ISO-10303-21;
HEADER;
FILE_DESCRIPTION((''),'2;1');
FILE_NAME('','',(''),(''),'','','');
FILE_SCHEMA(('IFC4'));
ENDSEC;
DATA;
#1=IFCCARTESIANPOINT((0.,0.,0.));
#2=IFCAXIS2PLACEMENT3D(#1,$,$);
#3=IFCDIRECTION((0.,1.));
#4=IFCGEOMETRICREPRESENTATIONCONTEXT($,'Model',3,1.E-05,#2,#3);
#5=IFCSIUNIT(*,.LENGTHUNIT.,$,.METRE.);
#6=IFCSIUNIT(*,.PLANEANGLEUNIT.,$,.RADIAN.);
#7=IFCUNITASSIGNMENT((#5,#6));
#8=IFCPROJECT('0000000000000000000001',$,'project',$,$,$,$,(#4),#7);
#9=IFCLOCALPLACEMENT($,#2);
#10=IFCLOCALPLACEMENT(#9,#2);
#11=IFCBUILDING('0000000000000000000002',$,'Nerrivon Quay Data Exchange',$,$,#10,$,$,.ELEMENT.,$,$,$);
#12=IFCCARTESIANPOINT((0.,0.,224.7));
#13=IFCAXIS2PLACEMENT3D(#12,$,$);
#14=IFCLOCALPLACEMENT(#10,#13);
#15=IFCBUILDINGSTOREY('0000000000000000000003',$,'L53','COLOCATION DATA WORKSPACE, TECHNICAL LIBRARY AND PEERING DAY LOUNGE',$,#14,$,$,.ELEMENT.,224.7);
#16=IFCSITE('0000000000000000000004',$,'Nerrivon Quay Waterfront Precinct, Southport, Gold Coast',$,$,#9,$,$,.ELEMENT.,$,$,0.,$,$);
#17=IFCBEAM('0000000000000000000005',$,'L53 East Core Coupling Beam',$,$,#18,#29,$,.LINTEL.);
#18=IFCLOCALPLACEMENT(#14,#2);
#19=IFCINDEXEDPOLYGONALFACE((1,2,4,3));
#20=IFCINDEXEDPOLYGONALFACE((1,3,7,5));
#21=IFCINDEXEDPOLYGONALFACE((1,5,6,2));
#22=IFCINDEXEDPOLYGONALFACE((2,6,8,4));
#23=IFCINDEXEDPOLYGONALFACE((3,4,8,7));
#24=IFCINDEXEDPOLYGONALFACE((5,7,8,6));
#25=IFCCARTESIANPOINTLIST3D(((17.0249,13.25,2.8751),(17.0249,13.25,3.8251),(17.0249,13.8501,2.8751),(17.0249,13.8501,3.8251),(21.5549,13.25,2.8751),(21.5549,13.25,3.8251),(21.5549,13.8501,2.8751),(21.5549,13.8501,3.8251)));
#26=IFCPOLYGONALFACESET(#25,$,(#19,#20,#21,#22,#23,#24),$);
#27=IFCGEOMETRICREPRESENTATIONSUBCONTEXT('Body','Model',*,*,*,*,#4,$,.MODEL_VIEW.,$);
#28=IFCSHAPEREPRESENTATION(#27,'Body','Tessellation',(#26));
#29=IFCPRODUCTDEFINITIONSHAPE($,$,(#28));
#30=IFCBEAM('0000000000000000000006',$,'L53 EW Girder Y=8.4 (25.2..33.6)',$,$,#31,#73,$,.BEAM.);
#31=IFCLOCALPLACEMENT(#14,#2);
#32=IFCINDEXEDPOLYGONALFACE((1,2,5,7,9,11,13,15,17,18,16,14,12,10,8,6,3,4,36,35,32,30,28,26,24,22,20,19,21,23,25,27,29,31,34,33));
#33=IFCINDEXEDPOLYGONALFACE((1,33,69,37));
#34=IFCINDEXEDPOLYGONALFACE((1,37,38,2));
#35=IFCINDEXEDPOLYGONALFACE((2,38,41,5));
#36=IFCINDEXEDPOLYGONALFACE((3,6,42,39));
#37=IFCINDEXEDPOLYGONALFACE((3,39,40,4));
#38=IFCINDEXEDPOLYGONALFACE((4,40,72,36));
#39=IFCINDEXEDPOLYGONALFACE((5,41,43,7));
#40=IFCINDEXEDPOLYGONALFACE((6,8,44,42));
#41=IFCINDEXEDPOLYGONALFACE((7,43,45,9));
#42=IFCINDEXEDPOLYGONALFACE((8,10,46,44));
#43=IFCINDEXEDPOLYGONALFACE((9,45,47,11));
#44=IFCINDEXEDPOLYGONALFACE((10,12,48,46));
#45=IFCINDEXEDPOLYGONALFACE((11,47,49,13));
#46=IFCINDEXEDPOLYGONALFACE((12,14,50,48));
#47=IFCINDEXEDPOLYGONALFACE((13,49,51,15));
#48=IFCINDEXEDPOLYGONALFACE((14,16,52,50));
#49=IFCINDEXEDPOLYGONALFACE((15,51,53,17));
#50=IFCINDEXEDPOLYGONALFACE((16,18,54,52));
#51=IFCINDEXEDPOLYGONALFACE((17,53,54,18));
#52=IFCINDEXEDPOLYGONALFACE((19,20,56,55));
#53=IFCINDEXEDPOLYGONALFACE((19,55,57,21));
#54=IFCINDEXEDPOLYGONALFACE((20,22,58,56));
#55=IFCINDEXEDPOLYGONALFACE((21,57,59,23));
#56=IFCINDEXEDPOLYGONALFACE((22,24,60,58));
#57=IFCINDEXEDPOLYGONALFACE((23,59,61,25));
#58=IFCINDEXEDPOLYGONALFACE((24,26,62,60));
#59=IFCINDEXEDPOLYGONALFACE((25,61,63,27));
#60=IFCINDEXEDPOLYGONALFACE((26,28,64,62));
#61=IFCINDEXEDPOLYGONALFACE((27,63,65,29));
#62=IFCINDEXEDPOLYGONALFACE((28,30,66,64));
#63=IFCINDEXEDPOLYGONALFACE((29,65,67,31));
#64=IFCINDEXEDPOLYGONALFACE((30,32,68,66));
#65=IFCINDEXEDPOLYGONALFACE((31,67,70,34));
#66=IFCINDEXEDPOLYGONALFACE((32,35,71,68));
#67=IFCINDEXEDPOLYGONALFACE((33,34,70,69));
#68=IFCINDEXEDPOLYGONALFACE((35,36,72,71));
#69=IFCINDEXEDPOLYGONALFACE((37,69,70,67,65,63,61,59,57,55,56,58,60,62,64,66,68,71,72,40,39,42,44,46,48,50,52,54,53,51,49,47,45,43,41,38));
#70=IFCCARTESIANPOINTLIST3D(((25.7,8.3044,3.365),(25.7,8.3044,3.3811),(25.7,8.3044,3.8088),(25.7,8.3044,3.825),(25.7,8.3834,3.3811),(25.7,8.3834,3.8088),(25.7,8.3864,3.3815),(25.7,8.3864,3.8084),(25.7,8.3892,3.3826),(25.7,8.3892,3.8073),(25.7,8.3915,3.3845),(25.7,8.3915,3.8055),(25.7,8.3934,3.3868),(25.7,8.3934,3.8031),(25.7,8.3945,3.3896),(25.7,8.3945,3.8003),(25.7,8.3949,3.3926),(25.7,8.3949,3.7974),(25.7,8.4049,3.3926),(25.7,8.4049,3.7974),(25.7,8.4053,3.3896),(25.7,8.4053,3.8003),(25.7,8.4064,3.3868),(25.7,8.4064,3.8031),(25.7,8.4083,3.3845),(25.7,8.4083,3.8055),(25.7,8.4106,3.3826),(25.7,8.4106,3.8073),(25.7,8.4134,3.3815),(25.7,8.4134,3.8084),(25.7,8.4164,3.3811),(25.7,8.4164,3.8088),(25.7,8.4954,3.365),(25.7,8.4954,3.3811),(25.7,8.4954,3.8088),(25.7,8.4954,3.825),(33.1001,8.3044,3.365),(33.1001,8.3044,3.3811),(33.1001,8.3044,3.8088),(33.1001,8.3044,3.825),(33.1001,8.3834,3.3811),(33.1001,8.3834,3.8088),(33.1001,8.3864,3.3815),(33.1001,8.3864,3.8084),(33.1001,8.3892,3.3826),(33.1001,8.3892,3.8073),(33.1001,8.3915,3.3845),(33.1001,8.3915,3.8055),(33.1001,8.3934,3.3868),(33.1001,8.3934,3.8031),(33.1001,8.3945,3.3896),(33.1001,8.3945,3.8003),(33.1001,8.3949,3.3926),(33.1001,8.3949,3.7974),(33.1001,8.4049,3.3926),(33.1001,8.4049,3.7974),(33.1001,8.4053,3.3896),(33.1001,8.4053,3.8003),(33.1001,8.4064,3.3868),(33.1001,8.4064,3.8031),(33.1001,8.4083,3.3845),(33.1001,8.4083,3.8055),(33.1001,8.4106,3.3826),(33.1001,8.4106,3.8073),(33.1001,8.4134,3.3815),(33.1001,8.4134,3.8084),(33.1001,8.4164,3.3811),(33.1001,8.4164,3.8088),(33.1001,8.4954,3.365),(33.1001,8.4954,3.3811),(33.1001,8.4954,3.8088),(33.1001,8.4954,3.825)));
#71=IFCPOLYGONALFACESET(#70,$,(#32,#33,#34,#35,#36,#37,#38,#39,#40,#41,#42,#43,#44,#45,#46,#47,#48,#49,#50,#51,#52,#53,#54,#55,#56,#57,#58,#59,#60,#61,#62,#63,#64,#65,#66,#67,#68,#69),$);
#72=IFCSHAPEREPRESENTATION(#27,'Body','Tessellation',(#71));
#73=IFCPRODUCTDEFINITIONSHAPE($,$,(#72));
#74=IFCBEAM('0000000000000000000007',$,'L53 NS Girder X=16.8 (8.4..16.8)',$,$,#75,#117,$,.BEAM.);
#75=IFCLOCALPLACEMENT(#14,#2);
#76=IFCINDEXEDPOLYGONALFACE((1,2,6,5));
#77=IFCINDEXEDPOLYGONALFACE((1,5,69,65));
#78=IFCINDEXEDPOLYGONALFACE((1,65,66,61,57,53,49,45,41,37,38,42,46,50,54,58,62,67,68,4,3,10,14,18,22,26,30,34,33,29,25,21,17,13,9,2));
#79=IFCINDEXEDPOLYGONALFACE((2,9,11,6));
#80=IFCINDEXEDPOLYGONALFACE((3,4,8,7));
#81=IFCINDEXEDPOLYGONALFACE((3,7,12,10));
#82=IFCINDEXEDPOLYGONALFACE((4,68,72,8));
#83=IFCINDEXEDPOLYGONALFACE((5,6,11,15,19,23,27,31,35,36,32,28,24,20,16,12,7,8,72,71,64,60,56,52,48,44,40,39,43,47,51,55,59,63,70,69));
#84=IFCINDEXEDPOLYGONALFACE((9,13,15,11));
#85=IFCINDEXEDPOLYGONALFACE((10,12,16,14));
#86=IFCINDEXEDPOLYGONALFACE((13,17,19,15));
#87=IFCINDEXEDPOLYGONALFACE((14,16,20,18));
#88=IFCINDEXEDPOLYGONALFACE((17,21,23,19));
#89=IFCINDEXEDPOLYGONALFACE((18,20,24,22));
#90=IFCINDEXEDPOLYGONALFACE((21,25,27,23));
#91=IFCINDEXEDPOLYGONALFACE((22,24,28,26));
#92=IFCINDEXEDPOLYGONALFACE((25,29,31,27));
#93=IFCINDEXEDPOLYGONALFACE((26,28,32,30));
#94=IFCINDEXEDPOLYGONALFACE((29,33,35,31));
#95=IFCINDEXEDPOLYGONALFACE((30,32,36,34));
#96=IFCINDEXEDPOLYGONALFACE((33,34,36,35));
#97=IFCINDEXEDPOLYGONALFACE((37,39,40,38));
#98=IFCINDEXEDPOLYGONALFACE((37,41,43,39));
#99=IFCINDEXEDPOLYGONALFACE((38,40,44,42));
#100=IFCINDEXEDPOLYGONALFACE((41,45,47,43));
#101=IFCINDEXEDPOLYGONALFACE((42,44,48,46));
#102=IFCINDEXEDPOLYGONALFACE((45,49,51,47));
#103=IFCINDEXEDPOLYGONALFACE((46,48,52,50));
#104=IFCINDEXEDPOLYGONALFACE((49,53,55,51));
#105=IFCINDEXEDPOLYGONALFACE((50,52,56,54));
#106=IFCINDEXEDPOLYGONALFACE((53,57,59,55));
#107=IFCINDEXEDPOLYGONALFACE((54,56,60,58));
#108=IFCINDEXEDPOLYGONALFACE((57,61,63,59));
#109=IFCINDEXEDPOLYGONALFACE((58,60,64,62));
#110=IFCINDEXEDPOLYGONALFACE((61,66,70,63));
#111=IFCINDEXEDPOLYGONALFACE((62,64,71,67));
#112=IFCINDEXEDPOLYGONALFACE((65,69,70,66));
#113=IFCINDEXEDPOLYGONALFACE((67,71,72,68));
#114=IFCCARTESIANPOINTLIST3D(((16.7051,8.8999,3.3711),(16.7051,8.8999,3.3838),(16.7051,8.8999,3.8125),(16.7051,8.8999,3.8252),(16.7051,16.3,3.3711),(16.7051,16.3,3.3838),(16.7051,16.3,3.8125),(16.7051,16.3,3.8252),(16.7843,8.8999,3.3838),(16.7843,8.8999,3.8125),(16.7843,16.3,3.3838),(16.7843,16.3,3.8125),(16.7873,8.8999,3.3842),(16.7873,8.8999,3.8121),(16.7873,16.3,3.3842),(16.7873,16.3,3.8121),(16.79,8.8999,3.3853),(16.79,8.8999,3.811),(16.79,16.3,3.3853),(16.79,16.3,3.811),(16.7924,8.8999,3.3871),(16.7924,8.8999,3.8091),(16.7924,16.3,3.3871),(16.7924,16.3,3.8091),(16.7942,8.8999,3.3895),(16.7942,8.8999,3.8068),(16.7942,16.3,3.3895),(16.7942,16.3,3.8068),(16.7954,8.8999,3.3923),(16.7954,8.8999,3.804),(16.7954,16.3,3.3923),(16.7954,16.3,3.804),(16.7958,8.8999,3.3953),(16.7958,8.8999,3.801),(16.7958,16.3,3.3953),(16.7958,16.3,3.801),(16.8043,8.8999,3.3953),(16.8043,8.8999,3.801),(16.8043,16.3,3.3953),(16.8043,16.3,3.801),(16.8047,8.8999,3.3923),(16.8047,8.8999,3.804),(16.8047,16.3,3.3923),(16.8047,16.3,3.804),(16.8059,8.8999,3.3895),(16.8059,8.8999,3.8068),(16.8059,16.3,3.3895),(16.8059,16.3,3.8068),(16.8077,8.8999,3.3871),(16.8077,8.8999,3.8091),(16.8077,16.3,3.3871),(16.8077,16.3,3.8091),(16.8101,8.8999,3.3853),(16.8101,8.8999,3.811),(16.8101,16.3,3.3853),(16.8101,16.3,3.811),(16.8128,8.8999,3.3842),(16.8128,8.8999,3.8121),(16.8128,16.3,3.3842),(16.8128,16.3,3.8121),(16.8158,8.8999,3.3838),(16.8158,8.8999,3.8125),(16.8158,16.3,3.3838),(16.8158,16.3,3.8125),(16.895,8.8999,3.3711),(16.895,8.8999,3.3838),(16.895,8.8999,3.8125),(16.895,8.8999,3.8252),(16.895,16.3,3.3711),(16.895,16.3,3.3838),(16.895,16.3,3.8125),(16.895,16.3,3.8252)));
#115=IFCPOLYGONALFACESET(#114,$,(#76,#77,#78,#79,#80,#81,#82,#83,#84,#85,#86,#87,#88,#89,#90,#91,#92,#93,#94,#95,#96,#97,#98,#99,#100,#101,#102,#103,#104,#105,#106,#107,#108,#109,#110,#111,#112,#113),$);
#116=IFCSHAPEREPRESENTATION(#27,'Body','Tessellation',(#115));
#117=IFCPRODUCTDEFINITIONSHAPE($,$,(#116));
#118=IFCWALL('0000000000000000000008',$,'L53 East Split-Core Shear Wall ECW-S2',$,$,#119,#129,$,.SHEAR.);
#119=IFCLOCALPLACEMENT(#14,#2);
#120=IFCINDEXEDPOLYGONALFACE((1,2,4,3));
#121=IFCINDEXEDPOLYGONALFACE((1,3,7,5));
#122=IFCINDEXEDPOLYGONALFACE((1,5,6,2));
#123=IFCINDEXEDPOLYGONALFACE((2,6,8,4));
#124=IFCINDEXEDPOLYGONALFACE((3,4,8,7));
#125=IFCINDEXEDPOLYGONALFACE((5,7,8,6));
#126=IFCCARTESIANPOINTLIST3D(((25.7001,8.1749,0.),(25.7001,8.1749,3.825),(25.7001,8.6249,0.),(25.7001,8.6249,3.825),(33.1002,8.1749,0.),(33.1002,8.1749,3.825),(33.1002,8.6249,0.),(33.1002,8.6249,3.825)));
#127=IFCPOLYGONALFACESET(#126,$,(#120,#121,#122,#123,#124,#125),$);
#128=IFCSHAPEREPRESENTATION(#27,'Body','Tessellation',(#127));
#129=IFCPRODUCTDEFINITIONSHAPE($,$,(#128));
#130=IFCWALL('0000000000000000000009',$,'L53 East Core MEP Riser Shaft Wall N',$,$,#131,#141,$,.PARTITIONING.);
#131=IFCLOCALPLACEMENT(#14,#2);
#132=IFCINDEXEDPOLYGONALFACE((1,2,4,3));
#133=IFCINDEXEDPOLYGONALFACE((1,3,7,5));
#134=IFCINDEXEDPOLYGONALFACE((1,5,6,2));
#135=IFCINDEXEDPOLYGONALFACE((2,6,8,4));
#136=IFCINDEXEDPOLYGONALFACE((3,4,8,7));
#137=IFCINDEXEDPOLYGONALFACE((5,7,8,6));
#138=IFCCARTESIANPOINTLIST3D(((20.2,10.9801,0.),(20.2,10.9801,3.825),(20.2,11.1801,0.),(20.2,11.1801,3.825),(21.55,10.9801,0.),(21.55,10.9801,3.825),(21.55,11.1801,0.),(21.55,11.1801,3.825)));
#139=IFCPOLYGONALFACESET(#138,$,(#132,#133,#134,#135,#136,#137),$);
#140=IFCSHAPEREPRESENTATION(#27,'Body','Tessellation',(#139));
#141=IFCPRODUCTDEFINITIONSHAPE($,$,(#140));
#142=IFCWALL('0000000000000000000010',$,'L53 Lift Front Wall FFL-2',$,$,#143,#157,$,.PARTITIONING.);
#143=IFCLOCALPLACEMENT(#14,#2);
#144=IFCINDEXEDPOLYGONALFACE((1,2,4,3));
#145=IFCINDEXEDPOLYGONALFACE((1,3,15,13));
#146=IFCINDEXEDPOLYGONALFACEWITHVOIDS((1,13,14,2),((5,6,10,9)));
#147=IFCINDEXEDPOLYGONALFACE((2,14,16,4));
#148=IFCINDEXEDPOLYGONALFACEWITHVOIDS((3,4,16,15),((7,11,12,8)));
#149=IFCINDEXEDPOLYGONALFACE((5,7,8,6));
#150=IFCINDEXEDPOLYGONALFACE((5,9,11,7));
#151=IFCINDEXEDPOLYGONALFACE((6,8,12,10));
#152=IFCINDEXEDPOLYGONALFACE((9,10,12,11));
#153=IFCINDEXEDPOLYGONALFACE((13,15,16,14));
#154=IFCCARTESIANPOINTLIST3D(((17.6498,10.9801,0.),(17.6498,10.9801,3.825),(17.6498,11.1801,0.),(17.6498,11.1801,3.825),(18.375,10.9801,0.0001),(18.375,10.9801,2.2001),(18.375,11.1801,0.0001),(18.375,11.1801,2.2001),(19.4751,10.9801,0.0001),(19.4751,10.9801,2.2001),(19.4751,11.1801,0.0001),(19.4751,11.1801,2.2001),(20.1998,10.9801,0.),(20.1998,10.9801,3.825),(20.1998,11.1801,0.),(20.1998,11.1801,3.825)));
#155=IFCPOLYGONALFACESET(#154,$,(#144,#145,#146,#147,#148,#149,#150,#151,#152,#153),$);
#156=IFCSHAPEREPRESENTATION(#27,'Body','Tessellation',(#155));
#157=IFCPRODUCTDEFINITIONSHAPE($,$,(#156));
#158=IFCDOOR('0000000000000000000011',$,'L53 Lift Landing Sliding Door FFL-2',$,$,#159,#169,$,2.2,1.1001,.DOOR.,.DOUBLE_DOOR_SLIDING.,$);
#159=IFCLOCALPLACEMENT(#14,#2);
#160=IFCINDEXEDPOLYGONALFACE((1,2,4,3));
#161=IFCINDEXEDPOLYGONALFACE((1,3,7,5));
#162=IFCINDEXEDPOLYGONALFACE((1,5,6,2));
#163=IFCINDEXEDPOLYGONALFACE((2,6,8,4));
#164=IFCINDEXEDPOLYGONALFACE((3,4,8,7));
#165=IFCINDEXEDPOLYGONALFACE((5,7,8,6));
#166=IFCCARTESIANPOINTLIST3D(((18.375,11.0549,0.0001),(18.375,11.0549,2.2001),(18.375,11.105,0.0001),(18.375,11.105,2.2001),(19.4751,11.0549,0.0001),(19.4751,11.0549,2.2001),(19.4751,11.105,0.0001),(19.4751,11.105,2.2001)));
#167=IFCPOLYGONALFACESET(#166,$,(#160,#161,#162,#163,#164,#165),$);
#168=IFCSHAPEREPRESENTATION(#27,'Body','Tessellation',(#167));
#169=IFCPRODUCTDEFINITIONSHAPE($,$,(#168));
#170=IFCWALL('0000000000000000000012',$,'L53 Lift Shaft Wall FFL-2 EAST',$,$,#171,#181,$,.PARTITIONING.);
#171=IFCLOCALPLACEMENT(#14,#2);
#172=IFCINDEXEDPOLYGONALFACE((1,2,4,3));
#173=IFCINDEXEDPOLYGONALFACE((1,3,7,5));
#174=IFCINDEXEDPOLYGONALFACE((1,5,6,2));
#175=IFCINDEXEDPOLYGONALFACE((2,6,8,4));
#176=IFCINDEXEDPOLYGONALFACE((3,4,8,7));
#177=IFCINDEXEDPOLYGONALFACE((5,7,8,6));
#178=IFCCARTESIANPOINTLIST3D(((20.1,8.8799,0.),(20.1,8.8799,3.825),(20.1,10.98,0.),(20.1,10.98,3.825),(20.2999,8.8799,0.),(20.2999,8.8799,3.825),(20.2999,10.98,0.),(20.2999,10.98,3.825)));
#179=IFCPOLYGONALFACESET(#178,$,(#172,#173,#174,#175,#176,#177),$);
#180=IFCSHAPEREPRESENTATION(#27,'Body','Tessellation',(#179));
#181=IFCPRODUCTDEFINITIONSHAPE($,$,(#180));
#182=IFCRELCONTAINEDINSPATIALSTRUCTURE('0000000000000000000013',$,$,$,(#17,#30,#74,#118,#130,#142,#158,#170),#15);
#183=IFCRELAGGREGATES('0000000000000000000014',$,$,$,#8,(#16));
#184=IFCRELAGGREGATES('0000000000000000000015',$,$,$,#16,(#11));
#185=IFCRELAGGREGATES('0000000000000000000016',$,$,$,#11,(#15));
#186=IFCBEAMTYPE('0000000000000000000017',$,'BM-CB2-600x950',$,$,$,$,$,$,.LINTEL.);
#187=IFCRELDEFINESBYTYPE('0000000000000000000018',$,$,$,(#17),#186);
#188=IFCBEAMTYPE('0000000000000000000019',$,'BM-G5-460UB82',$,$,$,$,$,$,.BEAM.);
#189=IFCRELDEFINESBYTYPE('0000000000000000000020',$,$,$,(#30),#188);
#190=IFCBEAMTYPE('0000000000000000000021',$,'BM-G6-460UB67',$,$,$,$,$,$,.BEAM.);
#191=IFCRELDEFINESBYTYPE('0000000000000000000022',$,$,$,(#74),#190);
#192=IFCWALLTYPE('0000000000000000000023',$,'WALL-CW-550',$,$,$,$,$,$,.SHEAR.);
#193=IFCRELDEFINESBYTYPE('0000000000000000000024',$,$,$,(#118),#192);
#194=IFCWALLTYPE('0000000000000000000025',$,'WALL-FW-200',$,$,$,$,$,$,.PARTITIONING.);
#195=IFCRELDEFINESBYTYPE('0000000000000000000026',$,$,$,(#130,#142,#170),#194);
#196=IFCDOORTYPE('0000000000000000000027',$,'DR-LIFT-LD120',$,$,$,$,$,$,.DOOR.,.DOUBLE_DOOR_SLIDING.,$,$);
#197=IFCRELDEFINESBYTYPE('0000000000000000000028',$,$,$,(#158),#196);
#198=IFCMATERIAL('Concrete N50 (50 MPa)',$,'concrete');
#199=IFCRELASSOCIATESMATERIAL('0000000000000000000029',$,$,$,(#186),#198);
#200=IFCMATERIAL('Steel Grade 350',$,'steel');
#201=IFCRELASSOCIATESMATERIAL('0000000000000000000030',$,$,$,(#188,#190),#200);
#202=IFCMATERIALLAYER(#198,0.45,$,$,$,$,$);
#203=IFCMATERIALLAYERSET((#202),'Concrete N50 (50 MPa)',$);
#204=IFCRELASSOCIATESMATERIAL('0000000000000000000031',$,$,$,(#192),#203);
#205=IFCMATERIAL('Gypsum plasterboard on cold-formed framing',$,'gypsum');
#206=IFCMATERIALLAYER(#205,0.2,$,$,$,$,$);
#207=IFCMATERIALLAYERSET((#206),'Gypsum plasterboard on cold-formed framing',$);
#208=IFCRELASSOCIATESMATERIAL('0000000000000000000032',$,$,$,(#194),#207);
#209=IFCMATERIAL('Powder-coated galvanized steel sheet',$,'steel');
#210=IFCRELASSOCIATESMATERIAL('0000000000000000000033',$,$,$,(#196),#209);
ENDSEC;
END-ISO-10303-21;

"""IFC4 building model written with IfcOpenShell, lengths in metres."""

from ifc_helpers import new_model, si_unit, direction, frame, frame_2d, origin, origin_2d, place, context, subcontext, project, spatial, rectangle, i_section, extrude, material, layer, layer_set, material_profile, profile_set, type_object, element, fill, save


model = new_model("IFC4")

# Units and contexts
model_context = context("Model", 3, precision=1e-05, world=origin(), true_north=direction((0.0, 1.0)))
body_context = subcontext(model_context, "Body", "Model", "MODEL_VIEW")
ifc_project = project(units=[si_unit("LENGTHUNIT", "METRE"), si_unit("PLANEANGLEUNIT", "RADIAN")], contexts=[model_context])

# Site, building, storey
site_placement = place(None, origin())
site = spatial("IfcSite", under=ifc_project, at=site_placement, Name="Nerrivon Quay Waterfront Precinct, Southport, Gold Coast", CompositionType="ELEMENT", RefElevation=0.0)
building_placement = place(site_placement, origin())
building = spatial("IfcBuilding", under=site, at=building_placement, Name="Nerrivon Quay Data Exchange", CompositionType="ELEMENT")
storey_placement = place(building_placement, frame((0.0, 0.0, 224.7)))
storey = spatial("IfcBuildingStorey", under=building, at=storey_placement, Name="L53", Description="COLOCATION DATA WORKSPACE, TECHNICAL LIBRARY AND PEERING DAY LOUNGE", CompositionType="ELEMENT", Elevation=224.7)

# Beams
ifc_material_1 = material(Name="Concrete N50 (50 MPa)", Category="concrete")
ifc_material_profile_1 = material_profile(ifc_material_1, rectangle(XDim=0.6001, YDim=0.95, at=origin_2d()), Name="RC-CB-600x950")
ifc_profile_set_1 = profile_set([ifc_material_profile_1], Name="Concrete N50 (50 MPa)")
beam_type_1 = type_object("IfcBeamType", Name="BM-CB2-600x950", PredefinedType="LINTEL", material=ifc_profile_set_1)
beam_1_placement = place(storey_placement, frame((17.0249, 13.55, 3.3501), z_axis=(1.0, 0.0, 0.0), x_axis=(0.0, 1.0, 0.0)))
element("IfcBeam", 1, at=beam_1_placement, inside=storey, type_object=beam_type_1, Name="L53 East Core Coupling Beam", PredefinedType="LINTEL", context=body_context, shape_type="SweptSolid", body=[
    extrude(rectangle(XDim=0.6001, YDim=0.95, at=origin_2d()), origin(), (0.0, 0.0, 1.0), 4.53),
])
ifc_material_2 = material(Name="Steel Grade 350", Category="steel")
ifc_material_profile_2 = material_profile(ifc_material_2, i_section(OverallWidth=0.1909, OverallDepth=0.46, WebThickness=0.01, FlangeThickness=0.0161, FilletRadius=0.0115, at=origin_2d()), Name="460UB82.1")
ifc_profile_set_2 = profile_set([ifc_material_profile_2], Name="Steel Grade 350")
beam_type_2 = type_object("IfcBeamType", Name="BM-G5-460UB82", PredefinedType="BEAM", material=ifc_profile_set_2)
beam_2_placement = place(storey_placement, frame((25.7, 8.3999, 3.595), z_axis=(1.0, 0.0, 0.0), x_axis=(0.0, 1.0, 0.0)))
element("IfcBeam", 2, at=beam_2_placement, inside=storey, type_object=beam_type_2, Name="L53 EW Girder Y=8.4 (25.2..33.6)", PredefinedType="BEAM", context=body_context, shape_type="SweptSolid", body=[
    extrude(i_section(OverallWidth=0.1909, OverallDepth=0.46, WebThickness=0.01, FlangeThickness=0.0161, FilletRadius=0.0115, at=origin_2d()), origin(), (0.0, 0.0, 1.0), 7.4001),
])
ifc_material_profile_3 = material_profile(ifc_material_2, i_section(OverallWidth=0.1899, OverallDepth=0.4541, WebThickness=0.0085, FlangeThickness=0.0127, FilletRadius=0.0115, at=origin_2d()), Name="460UB67.1")
ifc_profile_set_3 = profile_set([ifc_material_profile_3], Name="Steel Grade 350")
beam_type_3 = type_object("IfcBeamType", Name="BM-G6-460UB67", PredefinedType="BEAM", material=ifc_profile_set_3)
beam_3_placement = place(storey_placement, frame((16.8, 8.8999, 3.5981), z_axis=(0.0, 1.0, 0.0), x_axis=(-1.0, 0.0, 0.0)))
element("IfcBeam", 3, at=beam_3_placement, inside=storey, type_object=beam_type_3, Name="L53 NS Girder X=16.8 (8.4..16.8)", PredefinedType="BEAM", context=body_context, shape_type="SweptSolid", body=[
    extrude(i_section(OverallWidth=0.1899, OverallDepth=0.4541, WebThickness=0.0085, FlangeThickness=0.0127, FilletRadius=0.0115, at=origin_2d()), origin(), (0.0, 0.0, 1.0), 7.4001),
])

# Wall
ifc_layer_1 = layer(ifc_material_1, 0.45)
ifc_layer_set_1 = layer_set([ifc_layer_1], Name="Concrete N50 (50 MPa)")
wall_type_1 = type_object("IfcWallType", Name="WALL-CW-550", PredefinedType="SHEAR", material=ifc_layer_set_1)
wall_1_placement = place(storey_placement, frame((25.7, 8.3999, 0.0), z_axis=(0.0, 0.0, 1.0), x_axis=(1.0, 0.0, 0.0)))
element("IfcWall", 4, at=wall_1_placement, inside=storey, type_object=wall_type_1, Name="L53 East Split-Core Shear Wall ECW-S2", PredefinedType="SHEAR", context=body_context, shape_type="SweptSolid", body=[
    extrude(rectangle(XDim=7.4001, YDim=0.45, at=frame_2d((3.7002, 0.0))), origin(), (0.0, 0.0, 1.0), 3.825),
])

# Shared definitions
ifc_material_3 = material(Name="Powder-coated galvanized steel sheet", Category="steel")

# Wall
ifc_material_4 = material(Name="Gypsum plasterboard on cold-formed framing", Category="gypsum")
ifc_layer_2 = layer(ifc_material_4, 0.2)
ifc_layer_set_2 = layer_set([ifc_layer_2], Name="Gypsum plasterboard on cold-formed framing")
wall_type_2 = type_object("IfcWallType", Name="WALL-FW-200", PredefinedType="PARTITIONING", material=ifc_layer_set_2)
wall_2_placement = place(storey_placement, frame((20.2, 11.0801, 0.0), z_axis=(0.0, 0.0, 1.0), x_axis=(1.0, 0.0, 0.0)))
element("IfcWall", 5, at=wall_2_placement, inside=storey, type_object=wall_type_2, Name="L53 East Core MEP Riser Shaft Wall N", PredefinedType="PARTITIONING", context=body_context, shape_type="SweptSolid", body=[
    extrude(rectangle(XDim=1.3501, YDim=0.2, at=frame_2d((0.675, 0.0))), origin(), (0.0, 0.0, 1.0), 3.825),
])

# Wall, opening, door
wall_3_placement = place(storey_placement, frame((17.6499, 11.0801, 0.0), z_axis=(0.0, 0.0, 1.0), x_axis=(1.0, 0.0, 0.0)))
wall_3 = element("IfcWall", 6, at=wall_3_placement, inside=storey, type_object=wall_type_2, Name="L53 Lift Front Wall FFL-2", PredefinedType="PARTITIONING", context=body_context, shape_type="SweptSolid", body=[
    extrude(rectangle(XDim=2.55, YDim=0.2, at=frame_2d((1.2749, 0.0))), origin(), (0.0, 0.0, 1.0), 3.825),
])
opening_1_placement = place(wall_3_placement, frame((0.7251, 0.0, 0.0)))
opening_1 = element("IfcOpeningElement", 7, at=opening_1_placement, cuts=wall_3, PredefinedType="OPENING", context=body_context, shape_type="SweptSolid", body=[
    extrude(rectangle(XDim=1.1001, YDim=2.2, at=frame_2d((0.55, 1.1001))), frame((0.0, 0.1099, 0.0), z_axis=(0.0, -1.0, 0.0), x_axis=(1.0, 0.0, 0.0)), (0.0, 0.0, 1.0), 0.22),
])
door_type_1 = type_object("IfcDoorType", Name="DR-LIFT-LD120", OperationType="DOUBLE_DOOR_SLIDING", PredefinedType="DOOR", material=ifc_material_3)
door_1_placement = place(opening_1_placement, origin())
door_1 = element("IfcDoor", 8, at=door_1_placement, inside=storey, type_object=door_type_1, Name="L53 Lift Landing Sliding Door FFL-2", OperationType="DOUBLE_DOOR_SLIDING", OverallHeight=2.2, OverallWidth=1.1001, PredefinedType="DOOR", context=body_context, shape_type="SweptSolid", body=[
    extrude(rectangle(XDim=1.1001, YDim=2.2, at=frame_2d((0.55, 1.1001))), frame((0.0, 0.0249, 0.0), z_axis=(0.0, -1.0, 0.0), x_axis=(1.0, 0.0, 0.0)), (0.0, 0.0, 1.0), 0.05),
])
fill(opening_1, door_1)

# Wall
for number, where, z_axis, x_axis, name in (
    (9, (20.2, 8.8799, 0.0), (0.0, 0.0, 1.0), (0.0, 1.0, 0.0), "L53 Lift Shaft Wall FFL-2 EAST"),
):
    element("IfcWall", number, at=place(storey_placement, frame(where, z_axis=z_axis, x_axis=x_axis)), inside=storey, type_object=wall_type_2, Name=name, PredefinedType="PARTITIONING", context=body_context, shape_type="SweptSolid", body=[
        extrude(rectangle(XDim=2.1001, YDim=0.2, at=frame_2d((1.05, 0.0))), origin(), (0.0, 0.0, 1.0), 3.825),
    ])

save(model, "model.ifc")
